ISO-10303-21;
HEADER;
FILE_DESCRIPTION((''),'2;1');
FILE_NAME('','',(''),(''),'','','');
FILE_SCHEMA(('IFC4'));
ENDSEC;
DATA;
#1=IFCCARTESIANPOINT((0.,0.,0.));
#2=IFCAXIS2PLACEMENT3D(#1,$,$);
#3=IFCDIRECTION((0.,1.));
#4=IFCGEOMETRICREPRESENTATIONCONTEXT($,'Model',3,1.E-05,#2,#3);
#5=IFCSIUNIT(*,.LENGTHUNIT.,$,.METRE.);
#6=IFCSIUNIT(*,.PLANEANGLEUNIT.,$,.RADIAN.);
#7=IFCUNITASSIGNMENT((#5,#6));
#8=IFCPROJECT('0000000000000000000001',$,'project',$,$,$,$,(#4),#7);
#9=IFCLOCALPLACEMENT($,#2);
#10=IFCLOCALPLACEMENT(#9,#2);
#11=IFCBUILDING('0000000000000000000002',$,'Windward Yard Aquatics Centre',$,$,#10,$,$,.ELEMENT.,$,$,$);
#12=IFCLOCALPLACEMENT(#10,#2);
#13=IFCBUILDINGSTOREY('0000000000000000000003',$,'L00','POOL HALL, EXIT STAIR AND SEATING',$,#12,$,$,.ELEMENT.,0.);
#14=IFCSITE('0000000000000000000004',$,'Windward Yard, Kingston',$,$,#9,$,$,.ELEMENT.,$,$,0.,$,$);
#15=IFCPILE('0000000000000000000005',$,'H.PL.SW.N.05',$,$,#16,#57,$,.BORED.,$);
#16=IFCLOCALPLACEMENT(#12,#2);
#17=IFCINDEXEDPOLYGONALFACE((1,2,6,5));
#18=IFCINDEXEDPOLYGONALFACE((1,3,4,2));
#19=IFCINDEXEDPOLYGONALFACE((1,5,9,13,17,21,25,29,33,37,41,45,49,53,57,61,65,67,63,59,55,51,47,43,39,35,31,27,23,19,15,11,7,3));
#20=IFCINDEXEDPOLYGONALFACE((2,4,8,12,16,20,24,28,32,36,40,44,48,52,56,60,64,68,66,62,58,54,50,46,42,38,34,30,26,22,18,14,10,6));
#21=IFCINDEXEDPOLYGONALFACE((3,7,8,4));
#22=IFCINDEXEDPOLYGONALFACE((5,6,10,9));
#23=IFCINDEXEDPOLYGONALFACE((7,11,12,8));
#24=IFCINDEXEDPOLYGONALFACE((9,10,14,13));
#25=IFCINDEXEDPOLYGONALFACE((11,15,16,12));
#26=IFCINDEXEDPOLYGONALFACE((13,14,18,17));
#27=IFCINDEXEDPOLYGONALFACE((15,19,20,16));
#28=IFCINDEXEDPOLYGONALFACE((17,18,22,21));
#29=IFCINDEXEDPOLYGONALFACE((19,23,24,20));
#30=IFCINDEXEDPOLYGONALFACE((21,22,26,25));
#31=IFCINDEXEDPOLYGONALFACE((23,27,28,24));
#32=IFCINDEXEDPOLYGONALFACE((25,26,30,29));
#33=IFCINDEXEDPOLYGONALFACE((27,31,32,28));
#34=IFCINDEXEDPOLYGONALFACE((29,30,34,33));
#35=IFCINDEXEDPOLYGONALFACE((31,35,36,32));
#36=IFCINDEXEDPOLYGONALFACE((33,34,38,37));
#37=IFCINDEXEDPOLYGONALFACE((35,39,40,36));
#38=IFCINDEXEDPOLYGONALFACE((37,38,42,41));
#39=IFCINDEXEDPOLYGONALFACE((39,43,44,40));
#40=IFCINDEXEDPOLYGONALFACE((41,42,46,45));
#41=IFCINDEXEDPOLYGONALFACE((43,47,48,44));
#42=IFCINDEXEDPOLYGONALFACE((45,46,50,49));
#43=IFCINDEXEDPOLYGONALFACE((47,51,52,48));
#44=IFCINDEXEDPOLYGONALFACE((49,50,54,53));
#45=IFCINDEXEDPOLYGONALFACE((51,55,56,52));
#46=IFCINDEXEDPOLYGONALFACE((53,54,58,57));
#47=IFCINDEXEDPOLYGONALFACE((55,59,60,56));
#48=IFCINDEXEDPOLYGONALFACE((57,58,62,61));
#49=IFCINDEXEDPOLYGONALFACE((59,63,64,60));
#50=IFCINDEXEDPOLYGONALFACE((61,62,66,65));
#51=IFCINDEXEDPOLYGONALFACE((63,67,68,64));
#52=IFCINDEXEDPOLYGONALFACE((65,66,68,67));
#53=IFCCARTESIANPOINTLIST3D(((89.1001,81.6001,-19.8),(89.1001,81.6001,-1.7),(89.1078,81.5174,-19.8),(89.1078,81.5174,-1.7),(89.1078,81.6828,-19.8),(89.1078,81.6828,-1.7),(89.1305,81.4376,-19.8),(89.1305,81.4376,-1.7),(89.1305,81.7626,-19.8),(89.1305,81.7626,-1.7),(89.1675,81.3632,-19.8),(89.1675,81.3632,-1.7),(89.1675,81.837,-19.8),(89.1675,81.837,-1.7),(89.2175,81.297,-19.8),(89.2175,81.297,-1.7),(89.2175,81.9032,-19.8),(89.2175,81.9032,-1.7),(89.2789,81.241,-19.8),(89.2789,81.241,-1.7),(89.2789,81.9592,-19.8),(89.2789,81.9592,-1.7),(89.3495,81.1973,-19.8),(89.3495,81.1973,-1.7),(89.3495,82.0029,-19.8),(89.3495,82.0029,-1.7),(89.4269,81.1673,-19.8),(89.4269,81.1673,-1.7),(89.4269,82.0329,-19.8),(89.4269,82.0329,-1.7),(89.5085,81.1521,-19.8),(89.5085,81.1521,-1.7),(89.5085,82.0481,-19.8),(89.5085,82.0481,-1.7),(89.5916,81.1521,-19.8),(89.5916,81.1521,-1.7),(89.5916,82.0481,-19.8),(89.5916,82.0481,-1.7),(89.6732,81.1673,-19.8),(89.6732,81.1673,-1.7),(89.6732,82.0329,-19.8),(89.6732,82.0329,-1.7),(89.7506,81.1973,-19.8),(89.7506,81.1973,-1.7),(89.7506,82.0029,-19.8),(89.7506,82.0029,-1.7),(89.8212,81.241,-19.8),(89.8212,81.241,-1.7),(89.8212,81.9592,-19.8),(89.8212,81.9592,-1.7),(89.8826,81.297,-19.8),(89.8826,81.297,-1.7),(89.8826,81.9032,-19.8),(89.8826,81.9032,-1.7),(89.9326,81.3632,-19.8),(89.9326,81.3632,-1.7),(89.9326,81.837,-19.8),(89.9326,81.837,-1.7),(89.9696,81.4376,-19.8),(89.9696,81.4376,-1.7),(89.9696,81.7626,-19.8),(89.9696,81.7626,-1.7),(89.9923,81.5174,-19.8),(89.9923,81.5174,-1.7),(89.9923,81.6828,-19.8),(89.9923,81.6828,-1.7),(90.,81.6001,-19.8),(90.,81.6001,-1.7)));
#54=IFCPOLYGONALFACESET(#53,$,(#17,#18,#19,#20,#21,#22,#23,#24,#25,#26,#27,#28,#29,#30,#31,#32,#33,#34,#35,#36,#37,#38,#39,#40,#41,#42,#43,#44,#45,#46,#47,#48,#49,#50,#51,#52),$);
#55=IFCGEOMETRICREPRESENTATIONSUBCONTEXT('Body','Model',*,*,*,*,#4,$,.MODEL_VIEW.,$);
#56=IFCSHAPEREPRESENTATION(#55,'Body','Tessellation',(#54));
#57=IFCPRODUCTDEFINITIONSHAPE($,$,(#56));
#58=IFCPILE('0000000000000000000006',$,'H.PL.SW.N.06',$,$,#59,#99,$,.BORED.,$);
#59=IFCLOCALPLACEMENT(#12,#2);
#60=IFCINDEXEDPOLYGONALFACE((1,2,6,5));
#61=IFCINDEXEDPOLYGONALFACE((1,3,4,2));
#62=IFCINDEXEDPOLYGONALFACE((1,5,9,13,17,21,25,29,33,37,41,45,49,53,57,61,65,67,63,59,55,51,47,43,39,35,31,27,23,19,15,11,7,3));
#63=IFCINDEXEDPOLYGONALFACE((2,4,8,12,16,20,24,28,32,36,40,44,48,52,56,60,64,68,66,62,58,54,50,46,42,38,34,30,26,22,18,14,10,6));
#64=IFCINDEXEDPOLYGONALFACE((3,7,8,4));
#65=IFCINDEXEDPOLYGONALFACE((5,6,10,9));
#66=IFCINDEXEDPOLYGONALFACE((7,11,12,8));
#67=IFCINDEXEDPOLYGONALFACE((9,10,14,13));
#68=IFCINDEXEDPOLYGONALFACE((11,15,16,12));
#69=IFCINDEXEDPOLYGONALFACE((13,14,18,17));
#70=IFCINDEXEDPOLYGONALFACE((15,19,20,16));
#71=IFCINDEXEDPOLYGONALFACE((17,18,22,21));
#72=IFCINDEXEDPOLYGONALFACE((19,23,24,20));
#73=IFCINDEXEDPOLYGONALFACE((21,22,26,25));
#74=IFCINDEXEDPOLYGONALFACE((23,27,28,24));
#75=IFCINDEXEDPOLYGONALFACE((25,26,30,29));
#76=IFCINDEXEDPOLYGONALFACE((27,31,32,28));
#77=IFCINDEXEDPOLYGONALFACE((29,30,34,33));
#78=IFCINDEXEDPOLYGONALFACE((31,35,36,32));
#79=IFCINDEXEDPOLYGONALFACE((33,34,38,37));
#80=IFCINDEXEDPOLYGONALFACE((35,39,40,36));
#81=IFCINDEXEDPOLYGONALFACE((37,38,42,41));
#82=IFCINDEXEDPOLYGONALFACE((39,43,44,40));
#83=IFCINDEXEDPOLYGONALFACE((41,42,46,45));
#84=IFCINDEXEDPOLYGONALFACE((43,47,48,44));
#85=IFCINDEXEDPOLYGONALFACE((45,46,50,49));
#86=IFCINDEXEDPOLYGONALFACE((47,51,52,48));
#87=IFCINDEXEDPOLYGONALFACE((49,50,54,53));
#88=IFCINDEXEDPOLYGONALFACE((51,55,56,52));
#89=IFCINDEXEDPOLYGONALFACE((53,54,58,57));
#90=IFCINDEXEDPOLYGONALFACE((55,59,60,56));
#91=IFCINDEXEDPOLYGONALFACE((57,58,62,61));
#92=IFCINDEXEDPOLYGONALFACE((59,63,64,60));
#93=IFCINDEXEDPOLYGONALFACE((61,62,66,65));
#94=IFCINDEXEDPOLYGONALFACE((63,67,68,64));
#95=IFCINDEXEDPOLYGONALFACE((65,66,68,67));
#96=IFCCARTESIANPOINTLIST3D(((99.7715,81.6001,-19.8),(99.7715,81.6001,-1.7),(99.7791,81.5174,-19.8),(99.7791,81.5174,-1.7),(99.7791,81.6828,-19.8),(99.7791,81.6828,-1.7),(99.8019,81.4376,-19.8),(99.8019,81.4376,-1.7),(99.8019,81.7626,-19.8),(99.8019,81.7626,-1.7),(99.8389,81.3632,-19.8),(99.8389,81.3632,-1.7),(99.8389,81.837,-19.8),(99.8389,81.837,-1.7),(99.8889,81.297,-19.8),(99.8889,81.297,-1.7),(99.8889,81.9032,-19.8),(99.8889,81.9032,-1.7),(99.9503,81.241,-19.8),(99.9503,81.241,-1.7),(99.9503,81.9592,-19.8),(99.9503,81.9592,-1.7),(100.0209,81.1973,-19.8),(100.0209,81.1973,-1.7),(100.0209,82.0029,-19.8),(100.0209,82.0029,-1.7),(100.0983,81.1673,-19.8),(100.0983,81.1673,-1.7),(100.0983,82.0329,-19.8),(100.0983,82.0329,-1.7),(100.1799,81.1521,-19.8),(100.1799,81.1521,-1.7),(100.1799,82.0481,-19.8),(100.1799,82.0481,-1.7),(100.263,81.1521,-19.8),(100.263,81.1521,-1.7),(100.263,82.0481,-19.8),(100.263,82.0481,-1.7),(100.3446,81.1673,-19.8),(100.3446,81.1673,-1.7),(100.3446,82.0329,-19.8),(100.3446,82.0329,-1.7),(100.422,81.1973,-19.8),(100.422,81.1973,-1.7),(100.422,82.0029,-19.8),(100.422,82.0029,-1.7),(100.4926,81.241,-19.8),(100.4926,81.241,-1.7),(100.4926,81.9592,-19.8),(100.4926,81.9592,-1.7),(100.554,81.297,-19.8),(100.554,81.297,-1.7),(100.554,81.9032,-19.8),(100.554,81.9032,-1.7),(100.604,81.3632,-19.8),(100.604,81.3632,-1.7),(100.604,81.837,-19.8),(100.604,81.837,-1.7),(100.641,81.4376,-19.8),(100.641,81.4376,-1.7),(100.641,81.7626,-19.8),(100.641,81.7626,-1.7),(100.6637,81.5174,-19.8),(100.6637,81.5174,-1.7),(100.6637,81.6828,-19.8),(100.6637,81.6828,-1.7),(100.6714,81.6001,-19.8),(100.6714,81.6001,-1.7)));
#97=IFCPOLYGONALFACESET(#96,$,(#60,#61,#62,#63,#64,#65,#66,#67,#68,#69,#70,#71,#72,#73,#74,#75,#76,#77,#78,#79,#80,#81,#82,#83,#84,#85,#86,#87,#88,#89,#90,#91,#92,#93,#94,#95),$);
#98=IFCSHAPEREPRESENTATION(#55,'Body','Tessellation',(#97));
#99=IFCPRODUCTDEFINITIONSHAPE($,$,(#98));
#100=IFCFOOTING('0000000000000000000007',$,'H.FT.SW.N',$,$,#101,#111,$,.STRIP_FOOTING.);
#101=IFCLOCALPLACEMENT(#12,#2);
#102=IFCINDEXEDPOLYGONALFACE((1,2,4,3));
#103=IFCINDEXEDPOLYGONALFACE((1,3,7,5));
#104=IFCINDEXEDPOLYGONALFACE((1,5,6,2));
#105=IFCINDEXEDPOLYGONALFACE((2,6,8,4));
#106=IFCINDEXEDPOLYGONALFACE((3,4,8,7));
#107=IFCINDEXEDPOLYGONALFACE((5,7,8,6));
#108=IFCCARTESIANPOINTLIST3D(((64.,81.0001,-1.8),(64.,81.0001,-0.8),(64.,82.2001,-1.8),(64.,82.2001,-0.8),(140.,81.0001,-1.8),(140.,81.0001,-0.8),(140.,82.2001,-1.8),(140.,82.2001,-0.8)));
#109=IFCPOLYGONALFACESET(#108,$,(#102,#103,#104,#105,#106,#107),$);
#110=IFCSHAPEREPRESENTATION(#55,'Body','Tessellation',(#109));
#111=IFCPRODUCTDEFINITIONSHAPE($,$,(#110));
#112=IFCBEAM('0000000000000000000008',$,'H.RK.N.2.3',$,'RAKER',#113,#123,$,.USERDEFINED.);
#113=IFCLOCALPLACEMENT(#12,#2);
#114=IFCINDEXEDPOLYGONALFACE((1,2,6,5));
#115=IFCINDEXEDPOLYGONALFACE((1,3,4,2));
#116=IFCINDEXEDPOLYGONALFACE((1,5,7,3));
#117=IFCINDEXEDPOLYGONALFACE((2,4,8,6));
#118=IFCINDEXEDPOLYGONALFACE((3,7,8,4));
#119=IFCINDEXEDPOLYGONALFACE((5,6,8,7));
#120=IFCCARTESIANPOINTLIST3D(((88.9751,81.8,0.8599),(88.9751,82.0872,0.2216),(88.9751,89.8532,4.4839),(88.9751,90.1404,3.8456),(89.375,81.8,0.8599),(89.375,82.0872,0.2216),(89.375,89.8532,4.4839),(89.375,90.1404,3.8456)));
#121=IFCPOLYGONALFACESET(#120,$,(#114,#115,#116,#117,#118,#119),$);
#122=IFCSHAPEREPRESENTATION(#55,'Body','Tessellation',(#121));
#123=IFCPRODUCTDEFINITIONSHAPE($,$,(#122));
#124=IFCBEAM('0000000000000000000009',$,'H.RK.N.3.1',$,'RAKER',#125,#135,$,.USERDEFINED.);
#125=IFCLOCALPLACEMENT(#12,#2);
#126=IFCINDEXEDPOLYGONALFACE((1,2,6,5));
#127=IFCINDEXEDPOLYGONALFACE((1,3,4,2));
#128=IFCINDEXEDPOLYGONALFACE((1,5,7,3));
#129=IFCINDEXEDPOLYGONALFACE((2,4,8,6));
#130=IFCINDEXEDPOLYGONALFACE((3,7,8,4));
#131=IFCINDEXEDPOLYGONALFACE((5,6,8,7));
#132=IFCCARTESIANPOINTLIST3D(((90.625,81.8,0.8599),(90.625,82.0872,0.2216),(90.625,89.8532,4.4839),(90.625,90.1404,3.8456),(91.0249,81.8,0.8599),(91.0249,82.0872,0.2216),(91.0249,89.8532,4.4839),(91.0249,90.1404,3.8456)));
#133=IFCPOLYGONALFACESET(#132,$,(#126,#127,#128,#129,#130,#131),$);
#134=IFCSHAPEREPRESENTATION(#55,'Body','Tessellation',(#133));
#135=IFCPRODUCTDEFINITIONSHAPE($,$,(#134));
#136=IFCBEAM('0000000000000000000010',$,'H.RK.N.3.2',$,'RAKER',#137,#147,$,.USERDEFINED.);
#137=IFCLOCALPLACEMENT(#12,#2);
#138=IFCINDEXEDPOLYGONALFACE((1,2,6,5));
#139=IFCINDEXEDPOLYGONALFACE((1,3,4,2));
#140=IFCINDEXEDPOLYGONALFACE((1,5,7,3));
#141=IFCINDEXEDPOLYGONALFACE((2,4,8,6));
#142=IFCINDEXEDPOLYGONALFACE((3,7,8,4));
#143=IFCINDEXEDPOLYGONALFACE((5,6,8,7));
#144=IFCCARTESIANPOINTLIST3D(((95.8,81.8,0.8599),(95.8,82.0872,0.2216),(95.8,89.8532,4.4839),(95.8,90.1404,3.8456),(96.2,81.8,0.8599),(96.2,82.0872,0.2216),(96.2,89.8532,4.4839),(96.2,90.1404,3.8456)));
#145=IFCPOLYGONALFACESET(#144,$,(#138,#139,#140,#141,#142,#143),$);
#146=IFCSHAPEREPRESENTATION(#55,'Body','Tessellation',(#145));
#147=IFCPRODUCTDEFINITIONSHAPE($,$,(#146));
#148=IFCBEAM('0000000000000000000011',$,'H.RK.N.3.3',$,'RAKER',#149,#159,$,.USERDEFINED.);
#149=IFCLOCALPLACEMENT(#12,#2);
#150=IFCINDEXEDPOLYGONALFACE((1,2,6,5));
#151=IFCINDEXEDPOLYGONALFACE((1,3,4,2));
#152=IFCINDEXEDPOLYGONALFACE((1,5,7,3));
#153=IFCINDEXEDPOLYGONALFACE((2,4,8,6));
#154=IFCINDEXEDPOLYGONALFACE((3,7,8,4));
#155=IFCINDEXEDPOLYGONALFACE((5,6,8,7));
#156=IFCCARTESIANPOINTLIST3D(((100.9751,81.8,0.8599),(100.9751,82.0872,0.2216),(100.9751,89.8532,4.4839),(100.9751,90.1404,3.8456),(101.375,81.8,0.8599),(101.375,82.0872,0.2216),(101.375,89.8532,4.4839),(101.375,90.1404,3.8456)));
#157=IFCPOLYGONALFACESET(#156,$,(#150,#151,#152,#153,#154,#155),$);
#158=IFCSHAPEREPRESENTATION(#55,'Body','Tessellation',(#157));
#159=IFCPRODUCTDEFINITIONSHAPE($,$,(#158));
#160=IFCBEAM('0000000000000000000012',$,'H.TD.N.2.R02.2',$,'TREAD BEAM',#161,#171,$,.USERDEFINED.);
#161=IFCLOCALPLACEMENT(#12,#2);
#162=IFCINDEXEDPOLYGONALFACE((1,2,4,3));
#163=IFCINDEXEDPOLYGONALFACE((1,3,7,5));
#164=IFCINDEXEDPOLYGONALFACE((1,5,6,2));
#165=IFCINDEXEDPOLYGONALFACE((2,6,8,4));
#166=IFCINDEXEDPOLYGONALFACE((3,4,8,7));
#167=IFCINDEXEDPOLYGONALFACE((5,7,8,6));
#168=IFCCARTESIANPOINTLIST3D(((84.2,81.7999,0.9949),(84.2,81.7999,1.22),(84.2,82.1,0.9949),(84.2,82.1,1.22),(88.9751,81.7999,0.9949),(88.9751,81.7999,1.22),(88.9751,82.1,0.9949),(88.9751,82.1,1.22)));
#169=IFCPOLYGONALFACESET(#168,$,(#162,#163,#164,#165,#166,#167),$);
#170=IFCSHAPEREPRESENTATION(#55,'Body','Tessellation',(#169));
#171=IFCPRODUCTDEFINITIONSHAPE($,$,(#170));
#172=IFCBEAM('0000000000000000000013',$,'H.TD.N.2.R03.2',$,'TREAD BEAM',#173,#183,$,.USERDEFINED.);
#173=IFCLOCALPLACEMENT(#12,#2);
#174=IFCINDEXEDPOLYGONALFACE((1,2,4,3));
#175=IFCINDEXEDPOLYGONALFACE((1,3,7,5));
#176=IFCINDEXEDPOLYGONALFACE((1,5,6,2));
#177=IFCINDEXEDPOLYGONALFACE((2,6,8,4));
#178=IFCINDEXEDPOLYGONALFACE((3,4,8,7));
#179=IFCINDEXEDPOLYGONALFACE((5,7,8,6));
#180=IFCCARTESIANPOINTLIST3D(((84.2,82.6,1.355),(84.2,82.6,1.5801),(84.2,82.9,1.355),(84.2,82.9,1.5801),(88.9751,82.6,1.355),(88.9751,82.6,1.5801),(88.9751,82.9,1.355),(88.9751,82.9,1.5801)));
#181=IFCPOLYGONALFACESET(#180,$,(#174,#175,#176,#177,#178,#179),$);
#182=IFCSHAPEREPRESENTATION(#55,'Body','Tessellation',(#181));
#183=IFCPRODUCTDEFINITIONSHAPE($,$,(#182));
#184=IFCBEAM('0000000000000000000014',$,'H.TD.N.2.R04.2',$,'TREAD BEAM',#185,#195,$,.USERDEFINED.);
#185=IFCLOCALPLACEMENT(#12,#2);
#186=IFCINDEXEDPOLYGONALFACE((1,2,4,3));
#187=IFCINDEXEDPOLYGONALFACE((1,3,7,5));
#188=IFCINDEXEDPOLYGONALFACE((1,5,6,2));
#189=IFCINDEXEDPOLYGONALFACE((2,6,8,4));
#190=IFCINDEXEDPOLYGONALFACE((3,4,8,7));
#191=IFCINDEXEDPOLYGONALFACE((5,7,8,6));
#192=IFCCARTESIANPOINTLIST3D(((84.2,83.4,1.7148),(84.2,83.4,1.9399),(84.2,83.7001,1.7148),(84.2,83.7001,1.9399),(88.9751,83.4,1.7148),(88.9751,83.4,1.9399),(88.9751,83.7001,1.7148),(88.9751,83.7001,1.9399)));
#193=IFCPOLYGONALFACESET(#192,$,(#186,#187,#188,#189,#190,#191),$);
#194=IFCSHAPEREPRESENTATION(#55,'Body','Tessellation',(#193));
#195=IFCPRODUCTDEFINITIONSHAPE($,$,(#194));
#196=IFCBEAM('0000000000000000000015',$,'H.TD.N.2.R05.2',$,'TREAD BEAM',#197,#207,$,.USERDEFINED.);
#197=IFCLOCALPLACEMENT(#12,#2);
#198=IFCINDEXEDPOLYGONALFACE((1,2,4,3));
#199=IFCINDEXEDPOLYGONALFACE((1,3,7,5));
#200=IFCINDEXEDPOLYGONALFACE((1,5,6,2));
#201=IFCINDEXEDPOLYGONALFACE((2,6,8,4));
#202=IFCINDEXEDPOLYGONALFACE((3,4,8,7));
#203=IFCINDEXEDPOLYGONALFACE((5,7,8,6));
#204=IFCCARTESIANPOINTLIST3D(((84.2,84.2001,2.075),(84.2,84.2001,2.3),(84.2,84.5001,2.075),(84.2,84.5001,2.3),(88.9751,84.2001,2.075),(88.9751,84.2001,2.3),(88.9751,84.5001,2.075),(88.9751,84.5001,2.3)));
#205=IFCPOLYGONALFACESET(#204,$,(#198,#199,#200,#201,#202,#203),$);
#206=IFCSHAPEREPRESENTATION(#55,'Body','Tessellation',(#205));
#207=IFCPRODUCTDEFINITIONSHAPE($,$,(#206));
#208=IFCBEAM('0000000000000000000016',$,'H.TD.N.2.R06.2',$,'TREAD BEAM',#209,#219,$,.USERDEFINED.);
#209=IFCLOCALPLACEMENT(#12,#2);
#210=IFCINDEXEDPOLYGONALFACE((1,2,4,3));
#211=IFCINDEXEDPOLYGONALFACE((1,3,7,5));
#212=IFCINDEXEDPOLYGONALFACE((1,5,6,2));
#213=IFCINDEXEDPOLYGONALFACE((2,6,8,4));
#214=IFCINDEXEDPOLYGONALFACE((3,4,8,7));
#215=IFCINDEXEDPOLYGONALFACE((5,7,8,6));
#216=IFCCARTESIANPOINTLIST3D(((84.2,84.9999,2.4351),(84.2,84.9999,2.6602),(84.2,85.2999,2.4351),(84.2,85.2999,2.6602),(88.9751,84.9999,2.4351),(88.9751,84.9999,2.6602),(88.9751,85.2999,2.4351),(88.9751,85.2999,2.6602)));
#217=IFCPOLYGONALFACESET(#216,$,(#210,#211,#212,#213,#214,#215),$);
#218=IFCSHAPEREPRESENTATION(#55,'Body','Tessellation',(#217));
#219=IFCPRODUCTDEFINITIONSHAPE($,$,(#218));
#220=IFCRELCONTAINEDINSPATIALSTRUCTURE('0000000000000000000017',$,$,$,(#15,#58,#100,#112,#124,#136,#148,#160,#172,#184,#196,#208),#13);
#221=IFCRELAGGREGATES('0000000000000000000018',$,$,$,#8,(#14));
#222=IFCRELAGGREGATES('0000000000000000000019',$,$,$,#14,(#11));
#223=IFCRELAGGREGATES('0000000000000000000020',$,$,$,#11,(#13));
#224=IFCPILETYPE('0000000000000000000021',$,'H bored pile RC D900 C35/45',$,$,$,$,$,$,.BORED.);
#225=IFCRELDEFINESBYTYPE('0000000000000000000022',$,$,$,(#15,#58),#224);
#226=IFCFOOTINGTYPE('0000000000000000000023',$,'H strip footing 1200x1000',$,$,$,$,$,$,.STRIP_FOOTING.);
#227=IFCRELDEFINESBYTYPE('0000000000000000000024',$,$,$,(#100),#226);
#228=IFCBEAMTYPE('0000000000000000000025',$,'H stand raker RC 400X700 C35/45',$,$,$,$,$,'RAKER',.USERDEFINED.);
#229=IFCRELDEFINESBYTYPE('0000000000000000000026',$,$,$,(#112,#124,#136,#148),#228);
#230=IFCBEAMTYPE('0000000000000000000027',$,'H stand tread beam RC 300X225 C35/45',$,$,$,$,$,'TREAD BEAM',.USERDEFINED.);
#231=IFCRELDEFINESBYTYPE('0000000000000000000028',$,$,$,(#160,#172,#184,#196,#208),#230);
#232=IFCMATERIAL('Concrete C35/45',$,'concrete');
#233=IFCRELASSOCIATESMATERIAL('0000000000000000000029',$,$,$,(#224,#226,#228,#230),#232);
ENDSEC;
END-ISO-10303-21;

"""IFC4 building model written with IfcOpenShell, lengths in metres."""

from ifc_helpers import new_model, si_unit, direction, frame, origin, origin_2d, place, context, subcontext, project, spatial, rectangle, circle, extrude, material, material_profile, profile_set, type_object, element, save


model = new_model("IFC4")

# Units and contexts
model_context = context("Model", 3, precision=1e-05, world=origin(), true_north=direction((0.0, 1.0)))
body_context = subcontext(model_context, "Body", "Model", "MODEL_VIEW")
ifc_project = project(units=[si_unit("LENGTHUNIT", "METRE"), si_unit("PLANEANGLEUNIT", "RADIAN")], contexts=[model_context])

# Site, building, storey
site_placement = place(None, origin())
site = spatial("IfcSite", under=ifc_project, at=site_placement, Name="Windward Yard, Kingston", CompositionType="ELEMENT", RefElevation=0.0)
building_placement = place(site_placement, origin())
building = spatial("IfcBuilding", under=site, at=building_placement, Name="Windward Yard Aquatics Centre", CompositionType="ELEMENT")
storey_placement = place(building_placement, origin())
storey = spatial("IfcBuildingStorey", under=building, at=storey_placement, Name="L00", Description="POOL HALL, EXIT STAIR AND SEATING", CompositionType="ELEMENT", Elevation=0.0)

# Piles
ifc_material_1 = material(Name="Concrete C35/45", Category="concrete")
ifc_material_profile_1 = material_profile(ifc_material_1, circle(Radius=0.45, at=origin_2d()), Name="RC D900")
ifc_profile_set_1 = profile_set([ifc_material_profile_1], Name="Concrete C35/45")
pile_type = type_object("IfcPileType", Name="H bored pile RC D900 C35/45", PredefinedType="BORED", material=ifc_profile_set_1)
for number, where, z_axis, x_axis, name in (
    (1, (89.55, 81.6001, -1.7), (0.0, 0.0, -1.0), (1.0, 0.0, 0.0), "H.PL.SW.N.05"),
    (2, (100.2214, 81.6001, -1.7), (0.0, 0.0, -1.0), (1.0, 0.0, 0.0), "H.PL.SW.N.06"),
):
    element("IfcPile", number, at=place(storey_placement, frame(where, z_axis=z_axis, x_axis=x_axis)), inside=storey, type_object=pile_type, Name=name, PredefinedType="BORED", context=body_context, shape_type="SweptSolid", body=[
        extrude(circle(Radius=0.45, at=origin_2d()), origin(), (0.0, 0.0, 1.0), 18.1001),
    ])

# Footing
footing_type = type_object("IfcFootingType", Name="H strip footing 1200x1000", PredefinedType="STRIP_FOOTING", material=ifc_material_1)
footing_placement = place(storey_placement, frame((102.0, 81.6001, -1.8), z_axis=(0.0, 0.0, 1.0), x_axis=(1.0, 0.0, 0.0)))
element("IfcFooting", 3, at=footing_placement, inside=storey, type_object=footing_type, Name="H.FT.SW.N", PredefinedType="STRIP_FOOTING", context=body_context, shape_type="SweptSolid", body=[
    extrude(rectangle(XDim=76.0, YDim=1.2, at=origin_2d()), origin(), (0.0, 0.0, 1.0), 1.0),
])

# Beams
ifc_material_profile_2 = material_profile(ifc_material_1, rectangle(XDim=0.3999, YDim=0.7, at=origin_2d()), Name="RC 400X700")
ifc_profile_set_2 = profile_set([ifc_material_profile_2], Name="Concrete C35/45")
beam_type_1 = type_object("IfcBeamType", Name="H stand raker RC 400X700 C35/45", ElementType="RAKER", PredefinedType="USERDEFINED", material=ifc_profile_set_2)
for number, where, z_axis, x_axis, name in (
    (4, (89.175, 81.9436, 0.5408), (0.0, 0.911918, 0.410372), (-1.0, 0.0, 0.0), "H.RK.N.2.3"),
    (5, (90.825, 81.9436, 0.5408), (0.0, 0.911918, 0.410372), (-1.0, 0.0, 0.0), "H.RK.N.3.1"),
    (6, (96.0, 81.9436, 0.5408), (0.0, 0.911918, 0.410372), (-1.0, 0.0, 0.0), "H.RK.N.3.2"),
    (7, (101.175, 81.9436, 0.5408), (0.0, 0.911918, 0.410372), (-1.0, 0.0, 0.0), "H.RK.N.3.3"),
):
    element("IfcBeam", number, at=place(storey_placement, frame(where, z_axis=z_axis, x_axis=x_axis)), inside=storey, type_object=beam_type_1, Name=name, ObjectType="RAKER", PredefinedType="USERDEFINED", context=body_context, shape_type="SweptSolid", body=[
        extrude(rectangle(XDim=0.3999, YDim=0.7, at=origin_2d()), origin(), (0.0, 0.0, 1.0), 8.8311),
    ])
ifc_material_profile_3 = material_profile(ifc_material_1, rectangle(XDim=0.3, YDim=0.2251, at=origin_2d()), Name="RC 300X225")
ifc_profile_set_3 = profile_set([ifc_material_profile_3], Name="Concrete C35/45")
beam_type_2 = type_object("IfcBeamType", Name="H stand tread beam RC 300X225 C35/45", ElementType="TREAD BEAM", PredefinedType="USERDEFINED", material=ifc_profile_set_3)
for number, where, z_axis, x_axis, name in (
    (8, (84.2, 81.95, 1.1074), (1.0, 0.0, 0.0), (0.0, 1.0, 0.0), "H.TD.N.2.R02.2"),
    (9, (84.2, 82.75, 1.4675), (1.0, 0.0, 0.0), (0.0, 1.0, 0.0), "H.TD.N.2.R03.2"),
    (10, (84.2, 83.55, 1.8274), (1.0, 0.0, 0.0), (0.0, 1.0, 0.0), "H.TD.N.2.R04.2"),
    (11, (84.2, 84.3501, 2.1875), (1.0, 0.0, 0.0), (0.0, 1.0, 0.0), "H.TD.N.2.R05.2"),
    (12, (84.2, 85.1499, 2.5476), (1.0, 0.0, 0.0), (0.0, 1.0, 0.0), "H.TD.N.2.R06.2"),
):
    element("IfcBeam", number, at=place(storey_placement, frame(where, z_axis=z_axis, x_axis=x_axis)), inside=storey, type_object=beam_type_2, Name=name, ObjectType="TREAD BEAM", PredefinedType="USERDEFINED", context=body_context, shape_type="SweptSolid", body=[
        extrude(rectangle(XDim=0.3, YDim=0.2251, at=origin_2d()), origin(), (0.0, 0.0, 1.0), 4.7751),
    ])

save(model, "model.ifc")
